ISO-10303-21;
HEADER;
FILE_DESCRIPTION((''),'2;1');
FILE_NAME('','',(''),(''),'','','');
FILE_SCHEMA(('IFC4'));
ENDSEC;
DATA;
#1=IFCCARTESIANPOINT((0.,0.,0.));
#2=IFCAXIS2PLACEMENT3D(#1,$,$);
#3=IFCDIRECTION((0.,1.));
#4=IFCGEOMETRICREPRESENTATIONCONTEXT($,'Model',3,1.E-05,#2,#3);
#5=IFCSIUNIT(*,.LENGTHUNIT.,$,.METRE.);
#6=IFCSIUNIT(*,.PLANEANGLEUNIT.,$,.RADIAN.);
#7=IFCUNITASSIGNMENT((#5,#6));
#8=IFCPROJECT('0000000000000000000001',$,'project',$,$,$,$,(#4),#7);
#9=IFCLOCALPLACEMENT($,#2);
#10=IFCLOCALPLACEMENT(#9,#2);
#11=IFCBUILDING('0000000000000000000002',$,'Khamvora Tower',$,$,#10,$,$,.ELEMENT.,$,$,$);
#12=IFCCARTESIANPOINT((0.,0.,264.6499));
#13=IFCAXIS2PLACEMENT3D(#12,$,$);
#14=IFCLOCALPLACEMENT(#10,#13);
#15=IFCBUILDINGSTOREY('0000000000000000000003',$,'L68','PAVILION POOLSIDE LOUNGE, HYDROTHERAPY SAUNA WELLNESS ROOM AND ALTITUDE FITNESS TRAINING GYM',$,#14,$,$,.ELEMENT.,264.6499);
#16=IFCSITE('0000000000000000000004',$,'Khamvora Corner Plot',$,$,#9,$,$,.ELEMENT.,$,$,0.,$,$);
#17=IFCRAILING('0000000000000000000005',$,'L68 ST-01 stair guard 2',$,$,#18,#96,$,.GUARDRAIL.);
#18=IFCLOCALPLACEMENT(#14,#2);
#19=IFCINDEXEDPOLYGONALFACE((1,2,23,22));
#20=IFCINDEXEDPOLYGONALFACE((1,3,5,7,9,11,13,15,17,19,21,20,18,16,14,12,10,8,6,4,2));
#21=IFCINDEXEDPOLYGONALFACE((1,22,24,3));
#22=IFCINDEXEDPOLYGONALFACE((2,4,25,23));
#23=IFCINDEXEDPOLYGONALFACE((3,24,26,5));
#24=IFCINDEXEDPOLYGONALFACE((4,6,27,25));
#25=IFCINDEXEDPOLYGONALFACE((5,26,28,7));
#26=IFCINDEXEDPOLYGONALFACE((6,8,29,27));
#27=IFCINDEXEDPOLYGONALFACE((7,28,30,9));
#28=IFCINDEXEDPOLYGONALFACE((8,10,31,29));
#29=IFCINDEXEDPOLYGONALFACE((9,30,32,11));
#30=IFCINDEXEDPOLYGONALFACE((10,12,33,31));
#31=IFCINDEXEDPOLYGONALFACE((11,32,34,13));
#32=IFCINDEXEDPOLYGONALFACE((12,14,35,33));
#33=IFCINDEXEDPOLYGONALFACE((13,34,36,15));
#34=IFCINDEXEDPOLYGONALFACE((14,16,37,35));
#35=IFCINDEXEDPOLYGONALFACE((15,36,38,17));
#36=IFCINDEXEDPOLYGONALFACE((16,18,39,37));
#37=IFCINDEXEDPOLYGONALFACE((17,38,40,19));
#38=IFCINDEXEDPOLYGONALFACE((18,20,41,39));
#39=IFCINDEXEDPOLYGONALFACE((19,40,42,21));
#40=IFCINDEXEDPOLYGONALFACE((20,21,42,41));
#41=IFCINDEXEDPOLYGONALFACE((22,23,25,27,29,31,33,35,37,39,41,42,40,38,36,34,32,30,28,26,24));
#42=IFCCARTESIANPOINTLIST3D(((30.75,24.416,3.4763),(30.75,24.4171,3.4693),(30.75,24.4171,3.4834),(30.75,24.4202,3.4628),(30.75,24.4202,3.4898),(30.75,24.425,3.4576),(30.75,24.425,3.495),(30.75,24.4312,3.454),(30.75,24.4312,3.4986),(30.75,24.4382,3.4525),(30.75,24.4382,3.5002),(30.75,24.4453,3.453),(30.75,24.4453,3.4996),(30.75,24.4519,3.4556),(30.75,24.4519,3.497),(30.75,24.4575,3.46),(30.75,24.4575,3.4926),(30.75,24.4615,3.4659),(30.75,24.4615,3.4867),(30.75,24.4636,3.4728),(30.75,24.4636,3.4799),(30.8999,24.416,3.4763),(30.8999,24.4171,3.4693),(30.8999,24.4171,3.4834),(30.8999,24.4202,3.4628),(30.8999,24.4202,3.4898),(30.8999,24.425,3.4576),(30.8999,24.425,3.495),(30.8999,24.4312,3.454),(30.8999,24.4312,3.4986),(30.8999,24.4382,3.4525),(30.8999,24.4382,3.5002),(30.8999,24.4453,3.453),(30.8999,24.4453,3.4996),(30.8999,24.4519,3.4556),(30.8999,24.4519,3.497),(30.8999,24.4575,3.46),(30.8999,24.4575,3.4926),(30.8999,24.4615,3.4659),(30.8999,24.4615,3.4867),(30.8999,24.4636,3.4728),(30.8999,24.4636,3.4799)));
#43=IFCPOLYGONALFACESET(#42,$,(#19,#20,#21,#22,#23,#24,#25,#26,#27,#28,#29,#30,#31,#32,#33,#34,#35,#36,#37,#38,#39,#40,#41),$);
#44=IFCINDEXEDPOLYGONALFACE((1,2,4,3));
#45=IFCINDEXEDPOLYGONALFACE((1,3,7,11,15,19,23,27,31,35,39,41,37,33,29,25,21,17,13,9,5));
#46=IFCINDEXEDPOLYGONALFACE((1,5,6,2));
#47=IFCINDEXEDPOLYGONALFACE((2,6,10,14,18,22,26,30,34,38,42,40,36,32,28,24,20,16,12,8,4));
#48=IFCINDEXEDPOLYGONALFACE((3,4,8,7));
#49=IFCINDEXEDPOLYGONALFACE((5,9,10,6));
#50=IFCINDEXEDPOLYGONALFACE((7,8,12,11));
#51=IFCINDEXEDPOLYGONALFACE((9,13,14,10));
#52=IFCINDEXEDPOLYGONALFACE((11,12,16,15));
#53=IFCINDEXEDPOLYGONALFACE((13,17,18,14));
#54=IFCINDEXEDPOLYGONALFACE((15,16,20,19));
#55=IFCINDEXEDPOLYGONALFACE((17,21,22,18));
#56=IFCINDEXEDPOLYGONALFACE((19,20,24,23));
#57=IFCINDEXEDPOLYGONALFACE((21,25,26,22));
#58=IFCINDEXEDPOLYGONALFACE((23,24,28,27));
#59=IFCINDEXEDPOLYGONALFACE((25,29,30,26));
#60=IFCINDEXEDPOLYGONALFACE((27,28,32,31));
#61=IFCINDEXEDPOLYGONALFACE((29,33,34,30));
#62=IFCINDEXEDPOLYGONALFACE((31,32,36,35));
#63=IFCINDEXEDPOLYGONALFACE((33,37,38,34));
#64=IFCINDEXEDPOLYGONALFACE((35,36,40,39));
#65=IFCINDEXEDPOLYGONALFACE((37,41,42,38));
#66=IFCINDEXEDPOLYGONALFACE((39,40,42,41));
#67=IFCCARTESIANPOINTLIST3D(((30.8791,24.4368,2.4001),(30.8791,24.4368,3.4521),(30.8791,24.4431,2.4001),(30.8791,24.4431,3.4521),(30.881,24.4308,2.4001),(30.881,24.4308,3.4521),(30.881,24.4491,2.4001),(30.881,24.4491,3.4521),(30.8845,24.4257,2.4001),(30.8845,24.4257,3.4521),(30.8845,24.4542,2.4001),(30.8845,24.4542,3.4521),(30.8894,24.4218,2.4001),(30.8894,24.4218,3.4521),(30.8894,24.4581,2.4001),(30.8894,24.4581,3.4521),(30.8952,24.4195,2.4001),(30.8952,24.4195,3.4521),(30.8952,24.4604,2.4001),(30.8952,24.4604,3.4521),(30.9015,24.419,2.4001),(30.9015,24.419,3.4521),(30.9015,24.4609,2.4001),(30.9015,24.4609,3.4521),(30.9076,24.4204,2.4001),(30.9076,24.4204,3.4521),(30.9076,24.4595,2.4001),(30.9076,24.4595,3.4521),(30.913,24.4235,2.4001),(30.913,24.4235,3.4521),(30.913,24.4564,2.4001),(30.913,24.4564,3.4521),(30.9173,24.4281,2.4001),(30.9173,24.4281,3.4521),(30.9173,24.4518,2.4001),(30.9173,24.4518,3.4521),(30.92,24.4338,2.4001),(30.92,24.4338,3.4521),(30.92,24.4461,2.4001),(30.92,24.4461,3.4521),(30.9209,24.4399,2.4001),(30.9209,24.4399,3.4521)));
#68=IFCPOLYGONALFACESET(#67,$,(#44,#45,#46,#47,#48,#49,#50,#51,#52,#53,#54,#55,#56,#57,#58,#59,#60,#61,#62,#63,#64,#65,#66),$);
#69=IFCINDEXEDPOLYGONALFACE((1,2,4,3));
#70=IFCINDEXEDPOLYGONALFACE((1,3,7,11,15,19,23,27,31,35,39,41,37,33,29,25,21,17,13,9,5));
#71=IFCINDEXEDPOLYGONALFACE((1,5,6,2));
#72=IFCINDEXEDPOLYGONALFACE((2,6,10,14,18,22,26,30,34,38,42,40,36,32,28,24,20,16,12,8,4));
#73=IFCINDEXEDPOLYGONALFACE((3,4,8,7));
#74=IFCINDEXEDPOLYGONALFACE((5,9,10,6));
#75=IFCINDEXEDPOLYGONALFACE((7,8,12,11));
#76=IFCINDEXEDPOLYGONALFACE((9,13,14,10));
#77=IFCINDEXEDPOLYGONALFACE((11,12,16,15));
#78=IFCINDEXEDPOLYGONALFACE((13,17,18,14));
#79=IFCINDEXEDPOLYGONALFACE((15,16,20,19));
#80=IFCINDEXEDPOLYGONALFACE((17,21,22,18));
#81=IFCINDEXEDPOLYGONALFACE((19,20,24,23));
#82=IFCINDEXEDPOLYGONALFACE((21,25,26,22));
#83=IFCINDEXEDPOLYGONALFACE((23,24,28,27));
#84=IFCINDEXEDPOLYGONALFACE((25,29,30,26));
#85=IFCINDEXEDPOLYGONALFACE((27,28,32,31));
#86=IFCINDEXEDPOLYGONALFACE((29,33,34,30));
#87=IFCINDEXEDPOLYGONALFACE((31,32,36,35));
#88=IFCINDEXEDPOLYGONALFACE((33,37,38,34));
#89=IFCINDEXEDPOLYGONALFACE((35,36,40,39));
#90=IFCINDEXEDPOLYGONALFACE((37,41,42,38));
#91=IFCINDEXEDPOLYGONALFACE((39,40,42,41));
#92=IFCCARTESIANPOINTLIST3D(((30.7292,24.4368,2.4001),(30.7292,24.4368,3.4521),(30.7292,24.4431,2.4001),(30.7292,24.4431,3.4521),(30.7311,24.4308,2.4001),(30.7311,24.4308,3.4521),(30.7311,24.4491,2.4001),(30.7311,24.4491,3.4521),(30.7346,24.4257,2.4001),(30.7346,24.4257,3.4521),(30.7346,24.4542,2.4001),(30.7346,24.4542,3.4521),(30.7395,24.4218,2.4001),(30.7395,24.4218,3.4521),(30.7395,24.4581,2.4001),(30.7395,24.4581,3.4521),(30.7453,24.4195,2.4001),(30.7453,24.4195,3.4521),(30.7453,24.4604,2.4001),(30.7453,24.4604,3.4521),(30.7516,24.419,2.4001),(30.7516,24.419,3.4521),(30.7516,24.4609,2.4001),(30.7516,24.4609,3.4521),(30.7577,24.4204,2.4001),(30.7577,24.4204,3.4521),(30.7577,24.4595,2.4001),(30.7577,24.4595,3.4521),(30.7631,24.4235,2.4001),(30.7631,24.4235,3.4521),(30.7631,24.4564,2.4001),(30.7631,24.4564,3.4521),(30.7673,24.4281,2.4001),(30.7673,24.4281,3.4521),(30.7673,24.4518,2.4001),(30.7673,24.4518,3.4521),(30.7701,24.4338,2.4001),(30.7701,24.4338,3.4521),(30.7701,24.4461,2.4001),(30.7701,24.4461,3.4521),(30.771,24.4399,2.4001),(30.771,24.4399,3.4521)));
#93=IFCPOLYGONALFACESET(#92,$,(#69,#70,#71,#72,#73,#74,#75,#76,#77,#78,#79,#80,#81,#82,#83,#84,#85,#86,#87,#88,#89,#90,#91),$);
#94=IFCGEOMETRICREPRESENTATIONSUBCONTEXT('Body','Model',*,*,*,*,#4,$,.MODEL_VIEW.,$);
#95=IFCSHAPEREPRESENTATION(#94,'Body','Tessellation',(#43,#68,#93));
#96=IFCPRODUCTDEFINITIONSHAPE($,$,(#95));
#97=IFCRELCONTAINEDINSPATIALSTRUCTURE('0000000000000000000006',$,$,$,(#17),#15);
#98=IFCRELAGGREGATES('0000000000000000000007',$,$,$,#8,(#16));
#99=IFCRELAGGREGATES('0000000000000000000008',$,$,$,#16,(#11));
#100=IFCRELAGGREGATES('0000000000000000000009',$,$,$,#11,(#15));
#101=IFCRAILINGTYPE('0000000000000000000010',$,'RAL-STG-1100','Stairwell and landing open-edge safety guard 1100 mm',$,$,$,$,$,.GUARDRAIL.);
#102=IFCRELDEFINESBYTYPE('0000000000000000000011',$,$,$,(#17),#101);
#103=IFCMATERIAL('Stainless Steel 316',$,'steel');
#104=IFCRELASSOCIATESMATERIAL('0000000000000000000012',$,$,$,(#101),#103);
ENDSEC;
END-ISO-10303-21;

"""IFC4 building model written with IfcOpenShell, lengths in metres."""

from ifc_helpers import new_model, si_unit, direction, frame, origin, origin_2d, place, context, subcontext, project, spatial, circle, extrude, material, type_object, element, save


model = new_model("IFC4")

# Units and contexts
model_context = context("Model", 3, precision=1e-05, world=origin(), true_north=direction((0.0, 1.0)))
body_context = subcontext(model_context, "Body", "Model", "MODEL_VIEW")
ifc_project = project(units=[si_unit("LENGTHUNIT", "METRE"), si_unit("PLANEANGLEUNIT", "RADIAN")], contexts=[model_context])

# Site, building, storey
site_placement = place(None, origin())
site = spatial("IfcSite", under=ifc_project, at=site_placement, Name="Khamvora Corner Plot", CompositionType="ELEMENT", RefElevation=0.0)
building_placement = place(site_placement, origin())
building = spatial("IfcBuilding", under=site, at=building_placement, Name="Khamvora Tower", CompositionType="ELEMENT")
storey_placement = place(building_placement, frame((0.0, 0.0, 264.6499)))
storey = spatial("IfcBuildingStorey", under=building, at=storey_placement, Name="L68", Description="PAVILION POOLSIDE LOUNGE, HYDROTHERAPY SAUNA WELLNESS ROOM AND ALTITUDE FITNESS TRAINING GYM", CompositionType="ELEMENT", Elevation=264.6499)

# Railing
ifc_material_1 = material(Name="Stainless Steel 316", Category="steel")
railing_type_1 = type_object("IfcRailingType", Name="RAL-STG-1100", Description="Stairwell and landing open-edge safety guard 1100 mm", PredefinedType="GUARDRAIL", material=ifc_material_1)
railing_1_placement = place(storey_placement, frame((30.8999, 24.4399, 2.4001)))
element("IfcRailing", 1, at=railing_1_placement, inside=storey, type_object=railing_type_1, Name="L68 ST-01 stair guard 2", PredefinedType="GUARDRAIL", context=body_context, shape_type="SweptSolid", body=[
    extrude(circle(Radius=0.0239, at=origin_2d()), frame((0.0, 0.0, 1.0762), z_axis=(-1.0, 0.0, 0.0), x_axis=(0.0, -1.0, 0.0)), (0.0, 0.0, 1.0), 0.1499),
    extrude(circle(Radius=0.021, at=origin_2d()), origin(), (0.0, 0.0, 1.0), 1.052),
    extrude(circle(Radius=0.021, at=origin_2d()), frame((-0.1499, 0.0, 0.0)), (0.0, 0.0, 1.0), 1.052),
])

save(model, "model.ifc")
